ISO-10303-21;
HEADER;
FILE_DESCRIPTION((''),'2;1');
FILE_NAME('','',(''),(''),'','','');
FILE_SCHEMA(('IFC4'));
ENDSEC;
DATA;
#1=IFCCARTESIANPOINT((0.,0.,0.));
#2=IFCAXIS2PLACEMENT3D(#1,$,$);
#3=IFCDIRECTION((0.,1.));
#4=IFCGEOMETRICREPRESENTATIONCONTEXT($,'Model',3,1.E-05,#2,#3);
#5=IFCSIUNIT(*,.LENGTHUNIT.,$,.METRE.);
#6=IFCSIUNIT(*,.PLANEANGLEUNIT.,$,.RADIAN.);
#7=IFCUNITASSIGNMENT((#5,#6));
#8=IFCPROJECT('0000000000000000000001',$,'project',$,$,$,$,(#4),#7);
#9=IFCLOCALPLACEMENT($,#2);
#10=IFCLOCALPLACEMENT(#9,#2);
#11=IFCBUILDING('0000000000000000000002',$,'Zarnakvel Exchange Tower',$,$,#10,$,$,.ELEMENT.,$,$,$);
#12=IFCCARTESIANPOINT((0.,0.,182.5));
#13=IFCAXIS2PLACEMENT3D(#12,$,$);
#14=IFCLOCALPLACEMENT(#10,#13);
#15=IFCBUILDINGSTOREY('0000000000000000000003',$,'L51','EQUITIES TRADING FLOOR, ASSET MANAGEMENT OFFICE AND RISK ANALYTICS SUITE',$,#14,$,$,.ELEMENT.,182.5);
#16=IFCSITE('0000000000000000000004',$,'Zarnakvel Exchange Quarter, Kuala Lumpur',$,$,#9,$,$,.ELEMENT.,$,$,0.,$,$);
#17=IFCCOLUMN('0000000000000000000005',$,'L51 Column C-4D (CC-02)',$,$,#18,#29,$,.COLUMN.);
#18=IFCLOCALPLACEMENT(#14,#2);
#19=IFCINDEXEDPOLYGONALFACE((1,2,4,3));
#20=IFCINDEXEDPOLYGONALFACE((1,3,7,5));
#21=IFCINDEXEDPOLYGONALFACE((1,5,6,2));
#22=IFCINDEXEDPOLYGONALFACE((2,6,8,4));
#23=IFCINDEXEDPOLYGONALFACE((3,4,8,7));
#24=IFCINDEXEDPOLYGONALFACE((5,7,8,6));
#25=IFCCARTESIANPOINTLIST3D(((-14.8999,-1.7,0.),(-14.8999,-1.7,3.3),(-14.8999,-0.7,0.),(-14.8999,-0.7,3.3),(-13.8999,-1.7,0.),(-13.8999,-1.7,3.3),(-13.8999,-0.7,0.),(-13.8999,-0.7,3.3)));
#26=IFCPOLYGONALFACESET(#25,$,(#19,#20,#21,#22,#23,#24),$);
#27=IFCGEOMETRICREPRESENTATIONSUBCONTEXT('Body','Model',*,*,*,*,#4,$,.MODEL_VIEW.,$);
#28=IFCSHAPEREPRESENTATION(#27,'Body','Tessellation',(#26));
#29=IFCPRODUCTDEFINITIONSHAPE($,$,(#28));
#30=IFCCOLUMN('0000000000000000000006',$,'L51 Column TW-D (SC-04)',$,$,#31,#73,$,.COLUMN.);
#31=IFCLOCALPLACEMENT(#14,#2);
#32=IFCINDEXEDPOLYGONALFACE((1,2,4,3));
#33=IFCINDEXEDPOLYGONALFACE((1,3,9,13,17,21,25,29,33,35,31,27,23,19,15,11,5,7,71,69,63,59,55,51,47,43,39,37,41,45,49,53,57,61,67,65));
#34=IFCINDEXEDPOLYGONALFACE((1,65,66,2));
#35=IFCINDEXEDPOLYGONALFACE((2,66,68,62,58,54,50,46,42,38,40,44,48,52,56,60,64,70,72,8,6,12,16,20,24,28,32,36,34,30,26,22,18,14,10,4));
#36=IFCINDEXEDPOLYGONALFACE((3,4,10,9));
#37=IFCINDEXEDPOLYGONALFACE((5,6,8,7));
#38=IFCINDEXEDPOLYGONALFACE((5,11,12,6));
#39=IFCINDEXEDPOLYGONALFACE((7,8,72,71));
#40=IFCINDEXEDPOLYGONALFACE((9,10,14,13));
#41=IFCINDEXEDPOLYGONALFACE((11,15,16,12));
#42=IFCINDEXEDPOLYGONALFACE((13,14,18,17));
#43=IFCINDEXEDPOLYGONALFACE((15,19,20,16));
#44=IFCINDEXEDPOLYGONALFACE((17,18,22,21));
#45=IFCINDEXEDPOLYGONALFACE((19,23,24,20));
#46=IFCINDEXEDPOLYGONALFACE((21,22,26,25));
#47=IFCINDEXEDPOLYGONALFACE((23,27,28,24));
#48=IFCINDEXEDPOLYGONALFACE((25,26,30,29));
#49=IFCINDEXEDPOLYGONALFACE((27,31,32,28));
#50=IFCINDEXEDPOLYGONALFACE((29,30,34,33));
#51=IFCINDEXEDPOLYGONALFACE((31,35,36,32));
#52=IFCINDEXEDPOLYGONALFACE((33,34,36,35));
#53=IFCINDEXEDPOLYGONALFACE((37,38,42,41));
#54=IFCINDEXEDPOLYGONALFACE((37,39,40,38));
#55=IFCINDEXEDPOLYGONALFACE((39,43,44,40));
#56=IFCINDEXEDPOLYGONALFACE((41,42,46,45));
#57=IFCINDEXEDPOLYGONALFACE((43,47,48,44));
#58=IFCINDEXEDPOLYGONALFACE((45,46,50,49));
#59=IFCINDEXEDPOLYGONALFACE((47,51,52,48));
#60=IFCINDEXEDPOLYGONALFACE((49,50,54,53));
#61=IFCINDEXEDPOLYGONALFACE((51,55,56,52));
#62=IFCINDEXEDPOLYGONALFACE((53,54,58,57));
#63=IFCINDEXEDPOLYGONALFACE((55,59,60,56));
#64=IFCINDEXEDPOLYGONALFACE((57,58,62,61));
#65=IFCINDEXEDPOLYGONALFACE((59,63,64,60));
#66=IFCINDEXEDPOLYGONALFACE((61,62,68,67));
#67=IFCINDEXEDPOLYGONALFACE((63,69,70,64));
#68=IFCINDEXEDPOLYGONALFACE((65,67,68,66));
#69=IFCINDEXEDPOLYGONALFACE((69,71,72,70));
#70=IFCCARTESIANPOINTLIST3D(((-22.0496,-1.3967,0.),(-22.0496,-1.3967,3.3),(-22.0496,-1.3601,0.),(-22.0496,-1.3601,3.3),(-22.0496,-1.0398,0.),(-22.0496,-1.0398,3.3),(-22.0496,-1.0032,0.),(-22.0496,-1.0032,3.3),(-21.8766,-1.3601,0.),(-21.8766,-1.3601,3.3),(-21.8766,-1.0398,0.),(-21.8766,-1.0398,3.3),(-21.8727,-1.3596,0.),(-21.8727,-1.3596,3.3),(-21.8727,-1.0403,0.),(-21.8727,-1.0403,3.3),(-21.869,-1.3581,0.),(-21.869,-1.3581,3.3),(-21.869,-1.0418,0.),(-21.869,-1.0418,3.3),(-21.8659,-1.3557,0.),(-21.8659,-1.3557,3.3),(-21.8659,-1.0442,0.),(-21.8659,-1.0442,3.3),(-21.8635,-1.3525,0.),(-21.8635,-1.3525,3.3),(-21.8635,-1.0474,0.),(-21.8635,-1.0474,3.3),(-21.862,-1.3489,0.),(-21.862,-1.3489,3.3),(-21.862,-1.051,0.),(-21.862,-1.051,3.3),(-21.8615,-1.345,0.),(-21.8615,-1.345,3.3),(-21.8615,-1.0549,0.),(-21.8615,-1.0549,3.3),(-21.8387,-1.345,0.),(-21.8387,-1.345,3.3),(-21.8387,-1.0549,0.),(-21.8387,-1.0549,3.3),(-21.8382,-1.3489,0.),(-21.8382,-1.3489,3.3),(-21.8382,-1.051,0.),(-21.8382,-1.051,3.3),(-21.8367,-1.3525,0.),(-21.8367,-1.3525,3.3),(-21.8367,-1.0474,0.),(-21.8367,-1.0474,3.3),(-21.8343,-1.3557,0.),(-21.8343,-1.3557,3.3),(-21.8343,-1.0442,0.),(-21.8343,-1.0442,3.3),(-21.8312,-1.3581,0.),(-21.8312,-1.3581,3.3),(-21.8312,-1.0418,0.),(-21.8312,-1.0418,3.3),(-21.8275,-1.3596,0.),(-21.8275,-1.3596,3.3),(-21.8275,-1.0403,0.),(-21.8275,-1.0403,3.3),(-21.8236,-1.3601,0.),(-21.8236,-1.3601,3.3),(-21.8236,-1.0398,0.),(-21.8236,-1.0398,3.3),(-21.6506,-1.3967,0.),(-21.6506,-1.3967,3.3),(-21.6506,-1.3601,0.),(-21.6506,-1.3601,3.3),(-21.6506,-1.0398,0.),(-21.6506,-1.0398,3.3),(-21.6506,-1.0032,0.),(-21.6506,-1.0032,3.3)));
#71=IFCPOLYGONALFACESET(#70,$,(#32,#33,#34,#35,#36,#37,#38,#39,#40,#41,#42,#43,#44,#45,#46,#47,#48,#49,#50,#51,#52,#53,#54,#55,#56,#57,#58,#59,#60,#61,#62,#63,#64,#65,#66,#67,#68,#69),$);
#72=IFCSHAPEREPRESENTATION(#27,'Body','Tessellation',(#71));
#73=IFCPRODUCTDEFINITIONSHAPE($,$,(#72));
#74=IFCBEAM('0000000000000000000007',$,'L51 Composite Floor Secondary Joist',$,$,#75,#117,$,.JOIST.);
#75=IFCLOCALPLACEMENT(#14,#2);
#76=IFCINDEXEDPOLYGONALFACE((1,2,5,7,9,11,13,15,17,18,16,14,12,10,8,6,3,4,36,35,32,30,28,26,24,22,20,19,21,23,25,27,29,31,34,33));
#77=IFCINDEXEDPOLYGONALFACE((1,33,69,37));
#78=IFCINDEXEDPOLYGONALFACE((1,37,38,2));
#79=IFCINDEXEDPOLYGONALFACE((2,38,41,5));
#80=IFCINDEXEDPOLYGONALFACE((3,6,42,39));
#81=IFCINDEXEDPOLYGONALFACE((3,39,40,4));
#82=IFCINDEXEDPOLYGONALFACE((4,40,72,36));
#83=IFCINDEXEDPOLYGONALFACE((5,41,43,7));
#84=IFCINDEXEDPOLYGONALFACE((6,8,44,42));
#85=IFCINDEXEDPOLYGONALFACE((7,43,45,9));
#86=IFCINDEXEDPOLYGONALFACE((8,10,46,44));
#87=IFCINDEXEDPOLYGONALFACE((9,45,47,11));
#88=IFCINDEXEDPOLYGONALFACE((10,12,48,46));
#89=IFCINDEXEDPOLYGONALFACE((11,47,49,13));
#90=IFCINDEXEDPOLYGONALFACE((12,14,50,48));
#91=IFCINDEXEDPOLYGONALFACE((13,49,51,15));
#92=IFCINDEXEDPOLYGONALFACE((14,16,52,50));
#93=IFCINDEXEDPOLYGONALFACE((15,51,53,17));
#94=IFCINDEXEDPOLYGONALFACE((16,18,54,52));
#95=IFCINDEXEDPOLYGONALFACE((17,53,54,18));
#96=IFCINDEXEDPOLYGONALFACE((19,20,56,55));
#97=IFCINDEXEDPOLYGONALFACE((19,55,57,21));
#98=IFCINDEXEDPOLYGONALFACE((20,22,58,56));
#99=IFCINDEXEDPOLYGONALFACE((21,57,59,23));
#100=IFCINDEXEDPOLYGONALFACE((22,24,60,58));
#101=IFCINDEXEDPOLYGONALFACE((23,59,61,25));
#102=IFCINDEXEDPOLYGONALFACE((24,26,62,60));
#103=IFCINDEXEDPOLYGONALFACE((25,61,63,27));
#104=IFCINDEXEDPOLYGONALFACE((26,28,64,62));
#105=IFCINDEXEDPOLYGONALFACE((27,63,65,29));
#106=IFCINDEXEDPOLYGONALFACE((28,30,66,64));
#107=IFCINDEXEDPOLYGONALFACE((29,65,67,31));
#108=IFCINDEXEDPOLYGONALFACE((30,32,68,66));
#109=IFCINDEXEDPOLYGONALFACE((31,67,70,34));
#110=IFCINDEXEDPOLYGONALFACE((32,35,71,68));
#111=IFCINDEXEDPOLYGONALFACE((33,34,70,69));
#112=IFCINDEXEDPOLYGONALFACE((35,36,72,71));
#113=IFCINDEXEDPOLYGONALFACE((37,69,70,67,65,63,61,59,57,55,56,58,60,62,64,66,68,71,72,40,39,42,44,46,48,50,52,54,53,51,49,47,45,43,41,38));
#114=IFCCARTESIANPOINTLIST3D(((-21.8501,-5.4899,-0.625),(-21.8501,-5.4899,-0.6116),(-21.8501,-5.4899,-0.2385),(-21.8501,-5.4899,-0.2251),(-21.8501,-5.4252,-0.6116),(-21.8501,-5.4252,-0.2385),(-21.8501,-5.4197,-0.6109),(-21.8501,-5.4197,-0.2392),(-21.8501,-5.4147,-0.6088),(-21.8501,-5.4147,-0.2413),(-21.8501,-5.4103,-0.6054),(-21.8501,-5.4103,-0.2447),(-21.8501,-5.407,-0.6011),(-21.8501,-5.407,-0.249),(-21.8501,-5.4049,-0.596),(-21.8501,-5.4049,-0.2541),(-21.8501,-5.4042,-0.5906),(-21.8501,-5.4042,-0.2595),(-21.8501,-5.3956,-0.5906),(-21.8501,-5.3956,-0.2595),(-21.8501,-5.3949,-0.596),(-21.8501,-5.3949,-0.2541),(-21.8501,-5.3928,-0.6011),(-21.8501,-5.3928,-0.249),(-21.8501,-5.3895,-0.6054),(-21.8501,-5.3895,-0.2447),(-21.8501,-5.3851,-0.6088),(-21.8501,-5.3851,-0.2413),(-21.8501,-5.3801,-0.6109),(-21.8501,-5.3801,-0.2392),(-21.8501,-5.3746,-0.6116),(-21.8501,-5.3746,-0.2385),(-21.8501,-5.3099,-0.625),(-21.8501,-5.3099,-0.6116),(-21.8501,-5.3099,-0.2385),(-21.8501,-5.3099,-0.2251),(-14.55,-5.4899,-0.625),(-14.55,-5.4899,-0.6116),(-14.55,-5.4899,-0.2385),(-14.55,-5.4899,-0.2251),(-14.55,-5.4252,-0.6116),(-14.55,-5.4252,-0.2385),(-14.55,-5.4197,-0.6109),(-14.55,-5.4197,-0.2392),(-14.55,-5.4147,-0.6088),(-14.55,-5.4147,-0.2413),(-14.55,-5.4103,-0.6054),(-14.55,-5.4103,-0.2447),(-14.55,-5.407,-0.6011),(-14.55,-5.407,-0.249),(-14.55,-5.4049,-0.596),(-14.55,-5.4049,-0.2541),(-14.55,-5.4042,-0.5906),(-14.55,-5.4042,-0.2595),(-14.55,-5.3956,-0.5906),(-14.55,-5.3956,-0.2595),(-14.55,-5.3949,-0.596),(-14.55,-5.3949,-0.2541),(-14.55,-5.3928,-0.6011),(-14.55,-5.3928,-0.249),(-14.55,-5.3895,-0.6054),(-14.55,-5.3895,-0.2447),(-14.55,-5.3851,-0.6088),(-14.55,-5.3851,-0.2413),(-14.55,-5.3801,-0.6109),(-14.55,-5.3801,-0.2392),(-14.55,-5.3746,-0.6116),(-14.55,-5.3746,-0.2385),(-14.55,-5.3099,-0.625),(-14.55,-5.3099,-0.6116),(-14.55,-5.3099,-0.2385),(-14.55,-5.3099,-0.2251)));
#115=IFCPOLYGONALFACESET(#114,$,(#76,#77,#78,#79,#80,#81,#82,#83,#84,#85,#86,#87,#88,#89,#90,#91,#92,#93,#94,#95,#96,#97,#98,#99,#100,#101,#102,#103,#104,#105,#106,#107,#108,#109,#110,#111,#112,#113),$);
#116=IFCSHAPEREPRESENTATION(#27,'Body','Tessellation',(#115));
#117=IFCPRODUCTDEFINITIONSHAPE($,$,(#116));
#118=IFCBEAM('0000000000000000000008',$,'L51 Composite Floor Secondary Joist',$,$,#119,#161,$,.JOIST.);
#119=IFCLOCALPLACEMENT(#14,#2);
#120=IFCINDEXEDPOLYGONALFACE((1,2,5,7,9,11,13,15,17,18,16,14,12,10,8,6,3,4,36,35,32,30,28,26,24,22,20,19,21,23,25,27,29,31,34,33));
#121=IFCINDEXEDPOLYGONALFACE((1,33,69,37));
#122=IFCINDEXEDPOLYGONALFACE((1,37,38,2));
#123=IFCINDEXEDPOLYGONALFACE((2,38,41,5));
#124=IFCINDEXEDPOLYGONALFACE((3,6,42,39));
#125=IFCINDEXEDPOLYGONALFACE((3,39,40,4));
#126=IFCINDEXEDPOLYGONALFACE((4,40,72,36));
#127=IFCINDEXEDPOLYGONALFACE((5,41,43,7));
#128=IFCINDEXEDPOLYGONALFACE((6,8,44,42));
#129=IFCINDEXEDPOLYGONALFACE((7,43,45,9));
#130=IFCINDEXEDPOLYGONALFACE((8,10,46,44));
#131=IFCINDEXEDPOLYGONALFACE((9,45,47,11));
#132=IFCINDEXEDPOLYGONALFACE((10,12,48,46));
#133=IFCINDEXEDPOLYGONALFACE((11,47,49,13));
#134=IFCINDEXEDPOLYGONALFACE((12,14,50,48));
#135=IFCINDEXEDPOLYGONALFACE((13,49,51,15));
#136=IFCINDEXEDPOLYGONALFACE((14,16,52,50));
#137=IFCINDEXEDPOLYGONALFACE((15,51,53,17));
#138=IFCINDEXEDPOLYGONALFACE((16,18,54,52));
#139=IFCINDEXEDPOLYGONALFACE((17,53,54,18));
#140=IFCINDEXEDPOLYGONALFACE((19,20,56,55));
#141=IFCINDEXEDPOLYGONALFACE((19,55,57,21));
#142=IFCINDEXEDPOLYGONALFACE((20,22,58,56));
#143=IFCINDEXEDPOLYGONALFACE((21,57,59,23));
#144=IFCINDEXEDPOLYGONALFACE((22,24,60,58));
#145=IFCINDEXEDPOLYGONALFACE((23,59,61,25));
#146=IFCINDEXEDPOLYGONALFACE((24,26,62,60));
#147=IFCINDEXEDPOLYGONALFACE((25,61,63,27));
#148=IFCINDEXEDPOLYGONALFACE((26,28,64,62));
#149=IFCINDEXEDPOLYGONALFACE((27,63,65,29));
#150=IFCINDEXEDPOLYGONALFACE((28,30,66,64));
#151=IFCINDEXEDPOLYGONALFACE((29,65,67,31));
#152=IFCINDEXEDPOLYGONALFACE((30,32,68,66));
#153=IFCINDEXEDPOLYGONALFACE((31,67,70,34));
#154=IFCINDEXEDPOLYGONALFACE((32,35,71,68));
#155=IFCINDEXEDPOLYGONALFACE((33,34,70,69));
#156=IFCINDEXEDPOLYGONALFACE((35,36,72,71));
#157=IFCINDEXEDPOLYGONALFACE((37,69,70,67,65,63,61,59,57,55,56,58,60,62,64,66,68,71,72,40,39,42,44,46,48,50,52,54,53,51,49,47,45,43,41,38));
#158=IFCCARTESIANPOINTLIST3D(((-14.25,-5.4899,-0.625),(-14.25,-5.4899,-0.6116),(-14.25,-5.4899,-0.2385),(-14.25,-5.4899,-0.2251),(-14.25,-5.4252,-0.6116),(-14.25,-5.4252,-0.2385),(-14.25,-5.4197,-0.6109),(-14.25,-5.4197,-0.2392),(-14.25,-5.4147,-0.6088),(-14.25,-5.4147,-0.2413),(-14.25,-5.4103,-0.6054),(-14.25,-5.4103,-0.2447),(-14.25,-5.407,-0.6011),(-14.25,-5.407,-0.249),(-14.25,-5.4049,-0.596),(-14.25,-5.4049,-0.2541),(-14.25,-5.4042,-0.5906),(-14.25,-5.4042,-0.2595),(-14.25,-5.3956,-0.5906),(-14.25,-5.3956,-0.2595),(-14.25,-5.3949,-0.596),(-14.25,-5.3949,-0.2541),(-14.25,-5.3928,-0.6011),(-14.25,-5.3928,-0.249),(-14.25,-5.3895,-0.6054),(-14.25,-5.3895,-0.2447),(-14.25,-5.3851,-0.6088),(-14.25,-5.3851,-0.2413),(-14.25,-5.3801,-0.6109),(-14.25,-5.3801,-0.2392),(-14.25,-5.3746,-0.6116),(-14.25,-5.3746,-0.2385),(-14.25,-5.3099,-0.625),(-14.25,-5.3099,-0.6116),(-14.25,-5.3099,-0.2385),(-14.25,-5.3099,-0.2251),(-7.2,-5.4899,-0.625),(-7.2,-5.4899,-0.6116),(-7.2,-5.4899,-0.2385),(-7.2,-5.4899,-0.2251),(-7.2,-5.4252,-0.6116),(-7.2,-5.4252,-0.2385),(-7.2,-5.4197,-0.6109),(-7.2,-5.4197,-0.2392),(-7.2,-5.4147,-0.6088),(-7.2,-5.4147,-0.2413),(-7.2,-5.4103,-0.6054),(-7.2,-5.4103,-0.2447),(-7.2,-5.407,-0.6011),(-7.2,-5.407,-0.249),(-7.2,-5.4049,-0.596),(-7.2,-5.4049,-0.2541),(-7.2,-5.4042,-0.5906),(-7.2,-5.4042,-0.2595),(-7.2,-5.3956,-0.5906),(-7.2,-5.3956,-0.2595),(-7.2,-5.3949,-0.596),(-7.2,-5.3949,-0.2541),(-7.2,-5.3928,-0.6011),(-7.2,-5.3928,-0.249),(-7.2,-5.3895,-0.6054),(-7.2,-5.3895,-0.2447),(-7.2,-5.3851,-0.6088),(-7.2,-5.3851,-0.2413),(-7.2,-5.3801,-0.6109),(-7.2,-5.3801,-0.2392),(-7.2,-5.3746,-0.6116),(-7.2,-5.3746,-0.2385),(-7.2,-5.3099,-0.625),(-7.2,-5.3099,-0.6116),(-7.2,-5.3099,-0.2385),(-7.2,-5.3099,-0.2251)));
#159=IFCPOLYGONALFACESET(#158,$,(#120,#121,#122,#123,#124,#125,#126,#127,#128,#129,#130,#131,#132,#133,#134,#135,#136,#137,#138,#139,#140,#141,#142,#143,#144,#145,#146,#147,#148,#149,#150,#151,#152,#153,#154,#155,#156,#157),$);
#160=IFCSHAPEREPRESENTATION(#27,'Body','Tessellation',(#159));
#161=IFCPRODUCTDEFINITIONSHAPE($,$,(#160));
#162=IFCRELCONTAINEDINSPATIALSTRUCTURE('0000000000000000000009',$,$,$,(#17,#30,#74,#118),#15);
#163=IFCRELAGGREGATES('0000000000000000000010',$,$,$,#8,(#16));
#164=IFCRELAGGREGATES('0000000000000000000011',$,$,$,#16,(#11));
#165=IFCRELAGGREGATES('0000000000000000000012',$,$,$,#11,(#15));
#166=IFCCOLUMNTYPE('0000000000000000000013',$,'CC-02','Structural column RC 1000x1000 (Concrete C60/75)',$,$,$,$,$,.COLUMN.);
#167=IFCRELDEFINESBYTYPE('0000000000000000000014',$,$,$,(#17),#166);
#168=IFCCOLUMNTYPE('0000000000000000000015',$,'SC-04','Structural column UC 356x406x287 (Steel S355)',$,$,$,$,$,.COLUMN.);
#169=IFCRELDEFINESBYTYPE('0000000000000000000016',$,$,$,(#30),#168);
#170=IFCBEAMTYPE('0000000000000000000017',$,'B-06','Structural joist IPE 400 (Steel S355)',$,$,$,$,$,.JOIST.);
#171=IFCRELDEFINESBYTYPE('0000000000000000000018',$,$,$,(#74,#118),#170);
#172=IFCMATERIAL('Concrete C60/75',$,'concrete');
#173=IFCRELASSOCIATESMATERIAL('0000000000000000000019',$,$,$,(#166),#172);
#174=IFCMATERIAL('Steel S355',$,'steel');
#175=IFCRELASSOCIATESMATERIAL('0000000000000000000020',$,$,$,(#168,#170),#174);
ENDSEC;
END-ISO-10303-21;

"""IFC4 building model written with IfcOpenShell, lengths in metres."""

from ifc_helpers import new_model, si_unit, direction, frame, origin, origin_2d, place, context, subcontext, project, spatial, rectangle, i_section, extrude, material, material_profile, profile_set, type_object, element, save


model = new_model("IFC4")

# Units and contexts
model_context = context("Model", 3, precision=1e-05, world=origin(), true_north=direction((0.0, 1.0)))
body_context = subcontext(model_context, "Body", "Model", "MODEL_VIEW")
ifc_project = project(units=[si_unit("LENGTHUNIT", "METRE"), si_unit("PLANEANGLEUNIT", "RADIAN")], contexts=[model_context])

# Site, building, storey
site_placement = place(None, origin())
site = spatial("IfcSite", under=ifc_project, at=site_placement, Name="Zarnakvel Exchange Quarter, Kuala Lumpur", CompositionType="ELEMENT", RefElevation=0.0)
building_placement = place(site_placement, origin())
building = spatial("IfcBuilding", under=site, at=building_placement, Name="Zarnakvel Exchange Tower", CompositionType="ELEMENT")
storey_placement = place(building_placement, frame((0.0, 0.0, 182.5)))
storey = spatial("IfcBuildingStorey", under=building, at=storey_placement, Name="L51", Description="EQUITIES TRADING FLOOR, ASSET MANAGEMENT OFFICE AND RISK ANALYTICS SUITE", CompositionType="ELEMENT", Elevation=182.5)

# Columns
ifc_material_1 = material(Name="Concrete C60/75", Category="concrete")
ifc_material_profile_1 = material_profile(ifc_material_1, rectangle(XDim=1.0, YDim=1.0, at=origin_2d()))
ifc_profile_set_1 = profile_set([ifc_material_profile_1], Name="Concrete C60/75")
column_type_1 = type_object("IfcColumnType", Name="CC-02", Description="Structural column RC 1000x1000 (Concrete C60/75)", PredefinedType="COLUMN", material=ifc_profile_set_1)
column_1_placement = place(storey_placement, frame((-14.3999, -1.2, 0.0), z_axis=(0.0, 0.0, 1.0), x_axis=(1.0, 0.0, 0.0)))
element("IfcColumn", 1, at=column_1_placement, inside=storey, type_object=column_type_1, Name="L51 Column C-4D (CC-02)", PredefinedType="COLUMN", context=body_context, shape_type="SweptSolid", body=[
    extrude(rectangle(XDim=1.0, YDim=1.0, at=origin_2d()), origin(), (0.0, 0.0, 1.0), 3.3),
])
ifc_material_2 = material(Name="Steel S355", Category="steel")
ifc_material_profile_2 = material_profile(ifc_material_2, i_section(OverallWidth=0.3989, OverallDepth=0.3936, WebThickness=0.0227, FlangeThickness=0.0366, FilletRadius=0.0151, at=origin_2d()))
ifc_profile_set_2 = profile_set([ifc_material_profile_2], Name="Steel S355")
column_type_2 = type_object("IfcColumnType", Name="SC-04", Description="Structural column UC 356x406x287 (Steel S355)", PredefinedType="COLUMN", material=ifc_profile_set_2)
column_2_placement = place(storey_placement, frame((-21.8501, -1.2, 0.0), z_axis=(0.0, 0.0, 1.0), x_axis=(1.0, 0.0, 0.0)))
element("IfcColumn", 2, at=column_2_placement, inside=storey, type_object=column_type_2, Name="L51 Column TW-D (SC-04)", PredefinedType="COLUMN", context=body_context, shape_type="SweptSolid", body=[
    extrude(i_section(OverallWidth=0.3989, OverallDepth=0.3936, WebThickness=0.0227, FlangeThickness=0.0366, FilletRadius=0.0151, at=origin_2d()), origin(), (0.0, 0.0, 1.0), 3.3),
])

# Beams
ifc_material_profile_3 = material_profile(ifc_material_2, i_section(OverallWidth=0.1799, OverallDepth=0.3999, WebThickness=0.0085, FlangeThickness=0.0134, FilletRadius=0.021, at=origin_2d()))
ifc_profile_set_3 = profile_set([ifc_material_profile_3], Name="Steel S355")
beam_type_1 = type_object("IfcBeamType", Name="B-06", Description="Structural joist IPE 400 (Steel S355)", PredefinedType="JOIST", material=ifc_profile_set_3)
beam_1_placement = place(storey_placement, frame((-21.8501, -5.3999, -0.425), z_axis=(1.0, 0.0, 0.0), x_axis=(0.0, 1.0, 0.0)))
element("IfcBeam", 3, at=beam_1_placement, inside=storey, type_object=beam_type_1, Name="L51 Composite Floor Secondary Joist", PredefinedType="JOIST", context=body_context, shape_type="SweptSolid", body=[
    extrude(i_section(OverallWidth=0.1799, OverallDepth=0.3999, WebThickness=0.0085, FlangeThickness=0.0134, FilletRadius=0.021, at=origin_2d()), origin(), (0.0, 0.0, 1.0), 7.3),
])
beam_2_placement = place(storey_placement, frame((-14.25, -5.3999, -0.425), z_axis=(1.0, 0.0, 0.0), x_axis=(0.0, 1.0, 0.0)))
element("IfcBeam", 4, at=beam_2_placement, inside=storey, type_object=beam_type_1, Name="L51 Composite Floor Secondary Joist", PredefinedType="JOIST", context=body_context, shape_type="SweptSolid", body=[
    extrude(i_section(OverallWidth=0.1799, OverallDepth=0.3999, WebThickness=0.0085, FlangeThickness=0.0134, FilletRadius=0.021, at=origin_2d()), origin(), (0.0, 0.0, 1.0), 7.05),
])

save(model, "model.ifc")
